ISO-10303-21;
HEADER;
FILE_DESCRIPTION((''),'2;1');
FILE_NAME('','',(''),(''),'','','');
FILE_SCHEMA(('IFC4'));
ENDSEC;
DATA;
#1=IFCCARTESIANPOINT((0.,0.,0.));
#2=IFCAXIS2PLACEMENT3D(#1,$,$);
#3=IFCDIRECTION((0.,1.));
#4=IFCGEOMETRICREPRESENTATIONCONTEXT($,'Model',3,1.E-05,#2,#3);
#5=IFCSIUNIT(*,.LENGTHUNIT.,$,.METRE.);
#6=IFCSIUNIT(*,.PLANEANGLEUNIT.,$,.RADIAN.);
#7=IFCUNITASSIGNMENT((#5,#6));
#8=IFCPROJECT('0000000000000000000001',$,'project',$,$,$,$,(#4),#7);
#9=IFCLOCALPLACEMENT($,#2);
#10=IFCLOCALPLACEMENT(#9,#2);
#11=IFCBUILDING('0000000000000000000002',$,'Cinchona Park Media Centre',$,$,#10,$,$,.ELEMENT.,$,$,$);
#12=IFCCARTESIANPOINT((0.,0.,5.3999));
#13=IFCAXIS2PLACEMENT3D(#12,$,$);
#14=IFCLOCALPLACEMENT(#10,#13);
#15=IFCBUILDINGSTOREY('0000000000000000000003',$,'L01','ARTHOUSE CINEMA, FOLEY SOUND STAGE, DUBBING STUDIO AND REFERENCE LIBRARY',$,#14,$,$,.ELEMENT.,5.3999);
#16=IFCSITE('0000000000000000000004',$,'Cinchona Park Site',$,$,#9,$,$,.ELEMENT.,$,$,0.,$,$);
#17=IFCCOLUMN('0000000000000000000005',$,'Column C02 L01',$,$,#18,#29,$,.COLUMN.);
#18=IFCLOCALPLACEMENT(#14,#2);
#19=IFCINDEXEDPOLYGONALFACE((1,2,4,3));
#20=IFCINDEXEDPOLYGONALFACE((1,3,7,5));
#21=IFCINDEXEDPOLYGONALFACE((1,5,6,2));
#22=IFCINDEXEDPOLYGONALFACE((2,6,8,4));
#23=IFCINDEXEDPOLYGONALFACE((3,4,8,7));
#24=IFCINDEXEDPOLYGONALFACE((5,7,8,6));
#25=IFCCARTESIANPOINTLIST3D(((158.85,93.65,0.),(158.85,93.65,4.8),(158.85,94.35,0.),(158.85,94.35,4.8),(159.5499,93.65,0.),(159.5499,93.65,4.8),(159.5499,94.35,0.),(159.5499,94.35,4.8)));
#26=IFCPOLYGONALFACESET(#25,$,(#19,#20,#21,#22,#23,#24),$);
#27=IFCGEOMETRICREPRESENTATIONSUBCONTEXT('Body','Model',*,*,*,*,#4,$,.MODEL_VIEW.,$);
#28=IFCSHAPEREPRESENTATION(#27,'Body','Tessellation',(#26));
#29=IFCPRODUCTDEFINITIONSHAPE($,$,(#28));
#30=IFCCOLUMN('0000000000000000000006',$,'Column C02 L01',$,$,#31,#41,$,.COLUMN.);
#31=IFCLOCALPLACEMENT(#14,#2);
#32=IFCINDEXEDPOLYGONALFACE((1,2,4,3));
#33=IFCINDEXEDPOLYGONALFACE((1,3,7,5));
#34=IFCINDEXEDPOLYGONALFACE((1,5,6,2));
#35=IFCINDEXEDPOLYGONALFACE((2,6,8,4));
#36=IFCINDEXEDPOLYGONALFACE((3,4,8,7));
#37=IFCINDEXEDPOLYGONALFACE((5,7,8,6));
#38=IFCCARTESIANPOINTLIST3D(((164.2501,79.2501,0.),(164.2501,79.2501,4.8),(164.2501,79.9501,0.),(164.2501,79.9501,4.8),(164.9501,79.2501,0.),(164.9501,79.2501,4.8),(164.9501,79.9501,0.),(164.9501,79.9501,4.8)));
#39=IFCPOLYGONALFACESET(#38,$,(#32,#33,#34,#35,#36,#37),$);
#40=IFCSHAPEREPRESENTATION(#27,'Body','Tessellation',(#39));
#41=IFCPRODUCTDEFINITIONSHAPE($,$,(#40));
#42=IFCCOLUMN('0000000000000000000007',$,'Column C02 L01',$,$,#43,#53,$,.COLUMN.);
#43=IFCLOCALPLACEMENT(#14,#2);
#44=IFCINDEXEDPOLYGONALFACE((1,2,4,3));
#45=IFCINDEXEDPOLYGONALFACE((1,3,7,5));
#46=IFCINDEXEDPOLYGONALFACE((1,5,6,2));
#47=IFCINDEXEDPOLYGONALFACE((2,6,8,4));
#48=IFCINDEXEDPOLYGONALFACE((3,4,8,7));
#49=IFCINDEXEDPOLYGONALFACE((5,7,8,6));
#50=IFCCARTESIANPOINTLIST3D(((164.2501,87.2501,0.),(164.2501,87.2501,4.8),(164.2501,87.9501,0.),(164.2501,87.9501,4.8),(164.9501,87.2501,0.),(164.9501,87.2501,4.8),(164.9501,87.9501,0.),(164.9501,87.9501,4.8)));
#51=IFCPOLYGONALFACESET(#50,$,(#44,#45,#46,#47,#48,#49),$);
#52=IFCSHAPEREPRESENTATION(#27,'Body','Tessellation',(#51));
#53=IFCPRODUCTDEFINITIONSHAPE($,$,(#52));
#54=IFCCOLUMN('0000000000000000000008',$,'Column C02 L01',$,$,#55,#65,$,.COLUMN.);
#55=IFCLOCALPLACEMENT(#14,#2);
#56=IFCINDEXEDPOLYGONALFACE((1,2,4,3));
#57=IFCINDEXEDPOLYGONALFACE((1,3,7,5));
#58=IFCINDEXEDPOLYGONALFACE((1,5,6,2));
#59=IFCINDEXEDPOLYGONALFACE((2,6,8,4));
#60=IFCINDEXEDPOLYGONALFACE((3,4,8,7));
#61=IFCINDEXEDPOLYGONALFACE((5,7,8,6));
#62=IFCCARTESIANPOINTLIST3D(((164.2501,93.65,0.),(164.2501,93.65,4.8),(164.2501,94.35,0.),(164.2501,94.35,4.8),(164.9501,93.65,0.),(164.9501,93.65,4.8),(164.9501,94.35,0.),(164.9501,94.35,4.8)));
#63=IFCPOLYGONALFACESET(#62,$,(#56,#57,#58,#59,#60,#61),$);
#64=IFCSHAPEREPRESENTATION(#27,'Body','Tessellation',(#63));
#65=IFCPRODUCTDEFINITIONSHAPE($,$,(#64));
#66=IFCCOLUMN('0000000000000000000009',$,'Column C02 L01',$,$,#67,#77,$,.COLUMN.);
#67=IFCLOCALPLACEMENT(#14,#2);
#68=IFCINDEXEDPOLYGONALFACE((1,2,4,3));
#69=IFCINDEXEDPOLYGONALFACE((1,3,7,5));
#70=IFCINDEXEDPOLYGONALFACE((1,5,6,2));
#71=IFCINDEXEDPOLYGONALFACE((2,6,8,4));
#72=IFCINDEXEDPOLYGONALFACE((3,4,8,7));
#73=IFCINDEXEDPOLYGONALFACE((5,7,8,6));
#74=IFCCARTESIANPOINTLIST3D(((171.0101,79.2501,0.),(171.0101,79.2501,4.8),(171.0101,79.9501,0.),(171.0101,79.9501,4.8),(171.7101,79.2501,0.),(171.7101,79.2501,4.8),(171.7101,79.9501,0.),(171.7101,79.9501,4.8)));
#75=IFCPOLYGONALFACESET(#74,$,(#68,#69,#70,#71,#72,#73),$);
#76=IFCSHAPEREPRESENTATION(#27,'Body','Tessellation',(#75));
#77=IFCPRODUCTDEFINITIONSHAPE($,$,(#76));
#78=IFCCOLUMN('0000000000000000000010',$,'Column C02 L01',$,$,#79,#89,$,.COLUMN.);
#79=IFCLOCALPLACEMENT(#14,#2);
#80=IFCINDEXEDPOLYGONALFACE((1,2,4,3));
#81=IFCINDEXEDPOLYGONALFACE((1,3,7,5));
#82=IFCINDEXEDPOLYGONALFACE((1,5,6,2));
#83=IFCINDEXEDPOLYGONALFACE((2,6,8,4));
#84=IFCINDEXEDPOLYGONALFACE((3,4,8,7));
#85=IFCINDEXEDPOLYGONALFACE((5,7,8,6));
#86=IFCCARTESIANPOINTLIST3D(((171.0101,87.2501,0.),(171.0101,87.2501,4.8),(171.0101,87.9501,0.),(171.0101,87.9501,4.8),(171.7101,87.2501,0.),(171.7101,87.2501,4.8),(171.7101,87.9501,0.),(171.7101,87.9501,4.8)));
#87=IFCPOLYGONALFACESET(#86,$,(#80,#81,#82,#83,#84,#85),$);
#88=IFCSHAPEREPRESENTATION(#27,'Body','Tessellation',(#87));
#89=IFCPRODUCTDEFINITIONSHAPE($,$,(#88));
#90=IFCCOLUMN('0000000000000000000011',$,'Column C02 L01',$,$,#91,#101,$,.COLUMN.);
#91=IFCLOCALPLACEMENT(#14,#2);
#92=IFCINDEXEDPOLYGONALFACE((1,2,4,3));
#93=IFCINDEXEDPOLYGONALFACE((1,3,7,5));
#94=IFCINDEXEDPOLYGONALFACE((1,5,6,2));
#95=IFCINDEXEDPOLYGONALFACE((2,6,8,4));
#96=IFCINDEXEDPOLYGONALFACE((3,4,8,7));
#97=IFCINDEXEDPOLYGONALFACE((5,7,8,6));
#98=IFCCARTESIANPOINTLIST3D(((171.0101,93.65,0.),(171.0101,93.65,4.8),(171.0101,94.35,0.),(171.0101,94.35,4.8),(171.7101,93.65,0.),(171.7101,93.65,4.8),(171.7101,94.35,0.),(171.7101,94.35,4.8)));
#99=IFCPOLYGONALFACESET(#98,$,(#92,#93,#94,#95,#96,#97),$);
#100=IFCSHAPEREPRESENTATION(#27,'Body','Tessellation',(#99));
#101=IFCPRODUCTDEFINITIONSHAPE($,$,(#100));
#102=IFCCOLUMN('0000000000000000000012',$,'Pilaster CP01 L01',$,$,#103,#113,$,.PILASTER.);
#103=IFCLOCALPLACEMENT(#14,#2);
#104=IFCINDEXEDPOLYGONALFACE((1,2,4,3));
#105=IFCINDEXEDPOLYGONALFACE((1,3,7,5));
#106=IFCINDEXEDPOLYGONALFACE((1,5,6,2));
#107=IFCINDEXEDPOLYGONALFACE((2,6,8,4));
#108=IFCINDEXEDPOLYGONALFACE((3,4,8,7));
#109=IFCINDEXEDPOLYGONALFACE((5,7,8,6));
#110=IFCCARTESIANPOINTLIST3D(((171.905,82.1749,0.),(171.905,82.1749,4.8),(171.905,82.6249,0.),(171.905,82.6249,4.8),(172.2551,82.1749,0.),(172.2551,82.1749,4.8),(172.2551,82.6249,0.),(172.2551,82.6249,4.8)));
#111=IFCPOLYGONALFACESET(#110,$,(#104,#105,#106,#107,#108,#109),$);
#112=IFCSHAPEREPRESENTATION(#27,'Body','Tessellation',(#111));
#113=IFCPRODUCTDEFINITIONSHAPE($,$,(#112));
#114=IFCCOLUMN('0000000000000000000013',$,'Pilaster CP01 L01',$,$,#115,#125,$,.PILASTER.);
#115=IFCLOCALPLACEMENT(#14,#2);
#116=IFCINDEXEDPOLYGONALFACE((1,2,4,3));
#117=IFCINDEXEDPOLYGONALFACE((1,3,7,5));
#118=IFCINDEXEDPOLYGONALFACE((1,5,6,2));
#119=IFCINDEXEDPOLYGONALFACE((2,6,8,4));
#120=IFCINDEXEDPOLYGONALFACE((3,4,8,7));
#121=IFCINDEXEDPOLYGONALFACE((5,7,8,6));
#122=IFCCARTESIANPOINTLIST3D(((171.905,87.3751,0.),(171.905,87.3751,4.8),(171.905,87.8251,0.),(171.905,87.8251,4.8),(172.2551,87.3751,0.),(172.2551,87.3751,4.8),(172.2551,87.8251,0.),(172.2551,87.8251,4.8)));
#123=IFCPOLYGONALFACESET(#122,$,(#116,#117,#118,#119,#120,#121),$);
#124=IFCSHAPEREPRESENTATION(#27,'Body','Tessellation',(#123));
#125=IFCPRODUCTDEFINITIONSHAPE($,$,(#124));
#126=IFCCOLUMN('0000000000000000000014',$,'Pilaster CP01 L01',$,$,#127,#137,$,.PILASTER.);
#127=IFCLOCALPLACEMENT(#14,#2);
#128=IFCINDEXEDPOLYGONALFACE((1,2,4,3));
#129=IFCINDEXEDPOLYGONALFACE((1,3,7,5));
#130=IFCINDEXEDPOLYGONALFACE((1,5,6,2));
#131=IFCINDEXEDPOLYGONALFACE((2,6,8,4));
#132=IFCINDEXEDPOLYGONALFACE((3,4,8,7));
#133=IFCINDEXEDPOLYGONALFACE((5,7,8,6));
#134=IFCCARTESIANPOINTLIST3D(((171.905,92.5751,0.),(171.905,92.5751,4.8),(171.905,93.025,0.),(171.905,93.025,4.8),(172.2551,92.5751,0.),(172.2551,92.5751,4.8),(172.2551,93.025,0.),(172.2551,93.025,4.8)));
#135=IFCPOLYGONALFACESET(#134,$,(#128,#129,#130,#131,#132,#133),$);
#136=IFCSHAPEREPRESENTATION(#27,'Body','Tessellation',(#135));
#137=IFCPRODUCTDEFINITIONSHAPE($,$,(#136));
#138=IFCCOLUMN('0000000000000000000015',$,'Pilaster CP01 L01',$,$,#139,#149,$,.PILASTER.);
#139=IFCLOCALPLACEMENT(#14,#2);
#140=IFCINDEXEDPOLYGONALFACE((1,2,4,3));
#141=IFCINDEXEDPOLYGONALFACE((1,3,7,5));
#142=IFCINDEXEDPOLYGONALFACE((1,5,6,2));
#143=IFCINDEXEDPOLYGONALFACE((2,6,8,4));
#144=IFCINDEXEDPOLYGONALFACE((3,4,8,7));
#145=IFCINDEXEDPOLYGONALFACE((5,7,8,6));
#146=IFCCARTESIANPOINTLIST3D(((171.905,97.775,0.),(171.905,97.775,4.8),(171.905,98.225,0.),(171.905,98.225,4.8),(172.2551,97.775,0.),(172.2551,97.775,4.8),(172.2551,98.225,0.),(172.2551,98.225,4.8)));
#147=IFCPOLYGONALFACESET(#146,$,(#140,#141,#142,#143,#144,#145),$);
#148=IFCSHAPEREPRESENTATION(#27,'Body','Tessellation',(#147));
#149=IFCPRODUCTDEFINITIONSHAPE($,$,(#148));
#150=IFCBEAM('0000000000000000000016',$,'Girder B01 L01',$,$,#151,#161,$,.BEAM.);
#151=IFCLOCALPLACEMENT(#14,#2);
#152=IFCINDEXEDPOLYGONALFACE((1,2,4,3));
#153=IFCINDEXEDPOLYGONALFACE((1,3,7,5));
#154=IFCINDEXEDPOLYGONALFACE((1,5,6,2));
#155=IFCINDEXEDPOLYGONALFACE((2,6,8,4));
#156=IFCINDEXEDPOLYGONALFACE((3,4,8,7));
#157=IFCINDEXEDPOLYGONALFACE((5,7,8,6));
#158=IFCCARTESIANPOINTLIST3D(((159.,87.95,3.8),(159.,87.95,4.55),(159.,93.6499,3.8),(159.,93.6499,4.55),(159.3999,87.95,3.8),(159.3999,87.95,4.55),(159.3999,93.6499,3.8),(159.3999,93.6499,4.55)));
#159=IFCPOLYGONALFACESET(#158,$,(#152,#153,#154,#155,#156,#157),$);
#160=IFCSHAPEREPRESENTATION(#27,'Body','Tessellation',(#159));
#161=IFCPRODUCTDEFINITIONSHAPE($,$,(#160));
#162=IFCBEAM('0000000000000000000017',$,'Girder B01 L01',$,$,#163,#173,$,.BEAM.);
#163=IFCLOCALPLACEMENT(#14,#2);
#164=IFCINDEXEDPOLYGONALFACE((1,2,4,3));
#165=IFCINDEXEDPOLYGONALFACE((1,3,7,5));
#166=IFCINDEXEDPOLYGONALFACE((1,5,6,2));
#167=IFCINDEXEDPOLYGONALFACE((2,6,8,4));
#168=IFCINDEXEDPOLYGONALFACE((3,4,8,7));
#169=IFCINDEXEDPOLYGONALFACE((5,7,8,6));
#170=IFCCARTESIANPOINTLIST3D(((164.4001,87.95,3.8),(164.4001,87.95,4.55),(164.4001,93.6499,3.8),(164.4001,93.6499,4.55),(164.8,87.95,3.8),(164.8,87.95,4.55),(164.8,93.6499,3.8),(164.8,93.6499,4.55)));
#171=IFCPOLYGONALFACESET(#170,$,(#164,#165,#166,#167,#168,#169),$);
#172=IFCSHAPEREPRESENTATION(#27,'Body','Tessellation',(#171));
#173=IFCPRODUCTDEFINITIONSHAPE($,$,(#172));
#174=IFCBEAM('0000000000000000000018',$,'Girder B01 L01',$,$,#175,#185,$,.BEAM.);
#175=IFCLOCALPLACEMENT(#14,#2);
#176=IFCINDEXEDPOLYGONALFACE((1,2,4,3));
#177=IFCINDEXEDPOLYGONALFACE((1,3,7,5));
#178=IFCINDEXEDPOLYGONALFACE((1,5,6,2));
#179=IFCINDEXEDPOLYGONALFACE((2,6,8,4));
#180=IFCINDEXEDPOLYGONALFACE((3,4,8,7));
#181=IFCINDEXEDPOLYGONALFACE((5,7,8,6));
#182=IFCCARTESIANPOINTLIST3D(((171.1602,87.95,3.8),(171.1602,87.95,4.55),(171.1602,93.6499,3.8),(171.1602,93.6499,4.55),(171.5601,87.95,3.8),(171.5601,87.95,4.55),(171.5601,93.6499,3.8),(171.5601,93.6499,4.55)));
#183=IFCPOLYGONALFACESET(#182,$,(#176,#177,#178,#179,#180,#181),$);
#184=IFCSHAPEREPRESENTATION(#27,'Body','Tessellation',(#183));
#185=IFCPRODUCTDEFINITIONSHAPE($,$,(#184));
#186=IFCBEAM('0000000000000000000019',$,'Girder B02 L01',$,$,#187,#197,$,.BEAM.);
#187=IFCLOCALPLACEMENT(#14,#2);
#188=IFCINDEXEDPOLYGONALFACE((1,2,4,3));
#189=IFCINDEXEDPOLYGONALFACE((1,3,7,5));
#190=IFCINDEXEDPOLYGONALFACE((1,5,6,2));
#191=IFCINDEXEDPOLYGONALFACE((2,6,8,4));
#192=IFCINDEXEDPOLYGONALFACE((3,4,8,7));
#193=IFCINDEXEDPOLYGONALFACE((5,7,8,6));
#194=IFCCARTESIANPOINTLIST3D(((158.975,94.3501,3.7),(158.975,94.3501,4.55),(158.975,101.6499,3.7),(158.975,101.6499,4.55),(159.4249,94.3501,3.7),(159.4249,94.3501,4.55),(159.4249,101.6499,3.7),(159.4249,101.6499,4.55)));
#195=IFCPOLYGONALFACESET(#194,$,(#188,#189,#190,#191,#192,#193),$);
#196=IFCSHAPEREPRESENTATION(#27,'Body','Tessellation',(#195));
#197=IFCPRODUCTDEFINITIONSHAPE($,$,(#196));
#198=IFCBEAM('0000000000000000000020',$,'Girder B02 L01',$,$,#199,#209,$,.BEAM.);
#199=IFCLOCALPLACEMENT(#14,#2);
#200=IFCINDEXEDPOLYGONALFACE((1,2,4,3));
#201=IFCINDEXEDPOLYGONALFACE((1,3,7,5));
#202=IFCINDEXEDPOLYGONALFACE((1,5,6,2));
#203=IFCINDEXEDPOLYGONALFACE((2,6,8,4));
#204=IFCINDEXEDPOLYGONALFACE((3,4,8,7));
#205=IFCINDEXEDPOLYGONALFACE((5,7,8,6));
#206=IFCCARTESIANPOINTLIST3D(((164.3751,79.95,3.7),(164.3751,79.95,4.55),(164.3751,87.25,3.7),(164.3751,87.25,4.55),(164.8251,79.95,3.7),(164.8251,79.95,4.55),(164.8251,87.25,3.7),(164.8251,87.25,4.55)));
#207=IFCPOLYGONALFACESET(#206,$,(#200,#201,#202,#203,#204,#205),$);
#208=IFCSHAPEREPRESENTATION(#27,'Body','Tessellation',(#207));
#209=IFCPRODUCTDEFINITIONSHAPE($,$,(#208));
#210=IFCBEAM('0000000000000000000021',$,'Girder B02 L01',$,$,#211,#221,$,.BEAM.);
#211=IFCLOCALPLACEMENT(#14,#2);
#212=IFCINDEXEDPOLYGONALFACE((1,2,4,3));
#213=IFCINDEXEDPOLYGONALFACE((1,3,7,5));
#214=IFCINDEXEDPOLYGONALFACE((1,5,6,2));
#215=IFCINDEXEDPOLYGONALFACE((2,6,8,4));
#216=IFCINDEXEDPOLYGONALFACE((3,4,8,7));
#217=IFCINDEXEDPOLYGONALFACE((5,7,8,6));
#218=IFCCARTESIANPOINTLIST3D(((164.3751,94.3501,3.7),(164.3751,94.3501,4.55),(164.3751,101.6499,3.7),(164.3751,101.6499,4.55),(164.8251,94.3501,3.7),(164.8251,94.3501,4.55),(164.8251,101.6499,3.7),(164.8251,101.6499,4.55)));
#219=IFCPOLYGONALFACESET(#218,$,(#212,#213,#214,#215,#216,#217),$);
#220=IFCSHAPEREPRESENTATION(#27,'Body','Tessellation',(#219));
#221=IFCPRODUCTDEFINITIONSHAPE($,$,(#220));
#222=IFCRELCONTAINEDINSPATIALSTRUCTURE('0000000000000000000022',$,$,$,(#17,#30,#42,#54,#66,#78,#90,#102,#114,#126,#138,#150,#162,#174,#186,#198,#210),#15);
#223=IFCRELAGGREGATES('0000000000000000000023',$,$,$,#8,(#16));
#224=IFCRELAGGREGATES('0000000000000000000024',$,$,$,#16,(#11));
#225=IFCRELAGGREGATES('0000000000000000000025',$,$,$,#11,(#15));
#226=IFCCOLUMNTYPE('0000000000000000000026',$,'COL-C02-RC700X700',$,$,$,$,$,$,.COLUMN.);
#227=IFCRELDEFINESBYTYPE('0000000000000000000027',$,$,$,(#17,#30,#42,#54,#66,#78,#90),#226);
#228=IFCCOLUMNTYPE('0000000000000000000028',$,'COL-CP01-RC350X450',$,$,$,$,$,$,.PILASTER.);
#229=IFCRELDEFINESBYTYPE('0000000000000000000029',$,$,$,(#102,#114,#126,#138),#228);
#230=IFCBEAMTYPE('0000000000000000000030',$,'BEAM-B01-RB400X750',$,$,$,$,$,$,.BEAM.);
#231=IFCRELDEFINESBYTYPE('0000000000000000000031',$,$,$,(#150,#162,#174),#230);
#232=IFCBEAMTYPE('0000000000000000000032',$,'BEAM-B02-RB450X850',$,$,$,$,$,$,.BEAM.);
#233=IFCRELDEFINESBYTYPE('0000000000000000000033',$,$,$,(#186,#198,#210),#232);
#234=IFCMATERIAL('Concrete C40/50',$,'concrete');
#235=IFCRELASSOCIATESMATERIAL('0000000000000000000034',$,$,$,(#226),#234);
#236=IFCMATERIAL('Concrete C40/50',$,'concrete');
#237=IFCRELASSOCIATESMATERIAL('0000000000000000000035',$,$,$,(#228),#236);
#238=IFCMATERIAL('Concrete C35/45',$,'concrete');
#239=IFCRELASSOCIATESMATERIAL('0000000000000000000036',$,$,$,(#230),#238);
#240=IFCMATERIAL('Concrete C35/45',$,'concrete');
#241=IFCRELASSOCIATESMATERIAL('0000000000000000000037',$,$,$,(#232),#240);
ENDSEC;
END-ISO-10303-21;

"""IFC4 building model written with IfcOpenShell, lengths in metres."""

from ifc_helpers import new_model, si_unit, direction, frame, origin, origin_2d, place, context, subcontext, project, spatial, rectangle, extrude, material, material_profile, profile_set, type_object, element, save


model = new_model("IFC4")

# Units and contexts
model_context = context("Model", 3, precision=1e-05, world=origin(), true_north=direction((0.0, 1.0)))
body_context = subcontext(model_context, "Body", "Model", "MODEL_VIEW")
ifc_project = project(units=[si_unit("LENGTHUNIT", "METRE"), si_unit("PLANEANGLEUNIT", "RADIAN")], contexts=[model_context])

# Site, building, storey
site_placement = place(None, origin())
site = spatial("IfcSite", under=ifc_project, at=site_placement, Name="Cinchona Park Site", CompositionType="ELEMENT", RefElevation=0.0)
building_placement = place(site_placement, origin())
building = spatial("IfcBuilding", under=site, at=building_placement, Name="Cinchona Park Media Centre", CompositionType="ELEMENT")
storey_placement = place(building_placement, frame((0.0, 0.0, 5.3999)))
storey = spatial("IfcBuildingStorey", under=building, at=storey_placement, Name="L01", Description="ARTHOUSE CINEMA, FOLEY SOUND STAGE, DUBBING STUDIO AND REFERENCE LIBRARY", CompositionType="ELEMENT", Elevation=5.3999)

# Columns
ifc_material_1 = material(Name="Concrete C40/50", Category="concrete")
ifc_material_profile_1 = material_profile(ifc_material_1, rectangle(XDim=0.7, YDim=0.7, at=origin_2d()), Name="RC 700X700")
ifc_profile_set_1 = profile_set([ifc_material_profile_1], Name="Concrete C40/50")
column_type_1 = type_object("IfcColumnType", Name="COL-C02-RC700X700", PredefinedType="COLUMN", material=ifc_profile_set_1)
for number, where, z_axis, x_axis, name in (
    (1, (159.2, 94.0, 0.0), (0.0, 0.0, 1.0), (1.0, 0.0, 0.0), "Column C02 L01"),
    (2, (164.6001, 79.6001, 0.0), (0.0, 0.0, 1.0), (1.0, 0.0, 0.0), "Column C02 L01"),
    (3, (164.6001, 87.6001, 0.0), (0.0, 0.0, 1.0), (1.0, 0.0, 0.0), "Column C02 L01"),
    (4, (164.6001, 94.0, 0.0), (0.0, 0.0, 1.0), (1.0, 0.0, 0.0), "Column C02 L01"),
    (5, (171.3601, 79.6001, 0.0), (0.0, 0.0, 1.0), (1.0, 0.0, 0.0), "Column C02 L01"),
    (6, (171.3601, 87.6001, 0.0), (0.0, 0.0, 1.0), (1.0, 0.0, 0.0), "Column C02 L01"),
    (7, (171.3601, 94.0, 0.0), (0.0, 0.0, 1.0), (1.0, 0.0, 0.0), "Column C02 L01"),
):
    element("IfcColumn", number, at=place(storey_placement, frame(where, z_axis=z_axis, x_axis=x_axis)), inside=storey, type_object=column_type_1, Name=name, PredefinedType="COLUMN", context=body_context, shape_type="SweptSolid", body=[
        extrude(rectangle(XDim=0.7, YDim=0.7, at=origin_2d()), origin(), (0.0, 0.0, 1.0), 4.8),
    ])
ifc_material_2 = material(Name="Concrete C40/50", Category="concrete")
ifc_material_profile_2 = material_profile(ifc_material_2, rectangle(XDim=0.3501, YDim=0.45, at=origin_2d()), Name="RC 350X450")
ifc_profile_set_2 = profile_set([ifc_material_profile_2], Name="Concrete C40/50")
column_type_2 = type_object("IfcColumnType", Name="COL-CP01-RC350X450", PredefinedType="PILASTER", material=ifc_profile_set_2)
for number, where, z_axis, x_axis, name in (
    (8, (172.0801, 82.3999, 0.0), (0.0, 0.0, 1.0), (1.0, 0.0, 0.0), "Pilaster CP01 L01"),
    (9, (172.0801, 87.6001, 0.0), (0.0, 0.0, 1.0), (1.0, 0.0, 0.0), "Pilaster CP01 L01"),
    (10, (172.0801, 92.8, 0.0), (0.0, 0.0, 1.0), (1.0, 0.0, 0.0), "Pilaster CP01 L01"),
    (11, (172.0801, 98.0, 0.0), (0.0, 0.0, 1.0), (1.0, 0.0, 0.0), "Pilaster CP01 L01"),
):
    element("IfcColumn", number, at=place(storey_placement, frame(where, z_axis=z_axis, x_axis=x_axis)), inside=storey, type_object=column_type_2, Name=name, PredefinedType="PILASTER", context=body_context, shape_type="SweptSolid", body=[
        extrude(rectangle(XDim=0.3501, YDim=0.45, at=origin_2d()), origin(), (0.0, 0.0, 1.0), 4.8),
    ])

# Beams
ifc_material_3 = material(Name="Concrete C35/45", Category="concrete")
ifc_material_profile_3 = material_profile(ifc_material_3, rectangle(XDim=0.3999, YDim=0.75, at=origin_2d()), Name="RB 400X750")
ifc_profile_set_3 = profile_set([ifc_material_profile_3], Name="Concrete C35/45")
beam_type_1 = type_object("IfcBeamType", Name="BEAM-B01-RB400X750", PredefinedType="BEAM", material=ifc_profile_set_3)
for number, where, z_axis, x_axis, name in (
    (12, (159.2, 87.95, 4.175), (0.0, 1.0, 0.0), (-1.0, 0.0, 0.0), "Girder B01 L01"),
    (13, (164.6001, 87.95, 4.175), (0.0, 1.0, 0.0), (-1.0, 0.0, 0.0), "Girder B01 L01"),
    (14, (171.3601, 87.95, 4.175), (0.0, 1.0, 0.0), (-1.0, 0.0, 0.0), "Girder B01 L01"),
):
    element("IfcBeam", number, at=place(storey_placement, frame(where, z_axis=z_axis, x_axis=x_axis)), inside=storey, type_object=beam_type_1, Name=name, PredefinedType="BEAM", context=body_context, shape_type="SweptSolid", body=[
        extrude(rectangle(XDim=0.3999, YDim=0.75, at=origin_2d()), origin(), (0.0, 0.0, 1.0), 5.7),
    ])
ifc_material_4 = material(Name="Concrete C35/45", Category="concrete")
ifc_material_profile_4 = material_profile(ifc_material_4, rectangle(XDim=0.45, YDim=0.8501, at=origin_2d()), Name="RB 450X850")
ifc_profile_set_4 = profile_set([ifc_material_profile_4], Name="Concrete C35/45")
beam_type_2 = type_object("IfcBeamType", Name="BEAM-B02-RB450X850", PredefinedType="BEAM", material=ifc_profile_set_4)
beam_1_placement = place(storey_placement, frame((159.2, 94.3501, 4.125), z_axis=(0.0, 1.0, 0.0), x_axis=(-1.0, 0.0, 0.0)))
element("IfcBeam", 15, at=beam_1_placement, inside=storey, type_object=beam_type_2, Name="Girder B02 L01", PredefinedType="BEAM", context=body_context, shape_type="SweptSolid", body=[
    extrude(rectangle(XDim=0.45, YDim=0.8501, at=origin_2d()), origin(), (0.0, 0.0, 1.0), 7.2998),
])
beam_2_placement = place(storey_placement, frame((164.6001, 79.95, 4.125), z_axis=(0.0, 1.0, 0.0), x_axis=(-1.0, 0.0, 0.0)))
element("IfcBeam", 16, at=beam_2_placement, inside=storey, type_object=beam_type_2, Name="Girder B02 L01", PredefinedType="BEAM", context=body_context, shape_type="SweptSolid", body=[
    extrude(rectangle(XDim=0.45, YDim=0.8501, at=origin_2d()), origin(), (0.0, 0.0, 1.0), 7.3),
])
beam_3_placement = place(storey_placement, frame((164.6001, 94.3501, 4.125), z_axis=(0.0, 1.0, 0.0), x_axis=(-1.0, 0.0, 0.0)))
element("IfcBeam", 17, at=beam_3_placement, inside=storey, type_object=beam_type_2, Name="Girder B02 L01", PredefinedType="BEAM", context=body_context, shape_type="SweptSolid", body=[
    extrude(rectangle(XDim=0.45, YDim=0.8501, at=origin_2d()), origin(), (0.0, 0.0, 1.0), 7.2998),
])

save(model, "model.ifc")
